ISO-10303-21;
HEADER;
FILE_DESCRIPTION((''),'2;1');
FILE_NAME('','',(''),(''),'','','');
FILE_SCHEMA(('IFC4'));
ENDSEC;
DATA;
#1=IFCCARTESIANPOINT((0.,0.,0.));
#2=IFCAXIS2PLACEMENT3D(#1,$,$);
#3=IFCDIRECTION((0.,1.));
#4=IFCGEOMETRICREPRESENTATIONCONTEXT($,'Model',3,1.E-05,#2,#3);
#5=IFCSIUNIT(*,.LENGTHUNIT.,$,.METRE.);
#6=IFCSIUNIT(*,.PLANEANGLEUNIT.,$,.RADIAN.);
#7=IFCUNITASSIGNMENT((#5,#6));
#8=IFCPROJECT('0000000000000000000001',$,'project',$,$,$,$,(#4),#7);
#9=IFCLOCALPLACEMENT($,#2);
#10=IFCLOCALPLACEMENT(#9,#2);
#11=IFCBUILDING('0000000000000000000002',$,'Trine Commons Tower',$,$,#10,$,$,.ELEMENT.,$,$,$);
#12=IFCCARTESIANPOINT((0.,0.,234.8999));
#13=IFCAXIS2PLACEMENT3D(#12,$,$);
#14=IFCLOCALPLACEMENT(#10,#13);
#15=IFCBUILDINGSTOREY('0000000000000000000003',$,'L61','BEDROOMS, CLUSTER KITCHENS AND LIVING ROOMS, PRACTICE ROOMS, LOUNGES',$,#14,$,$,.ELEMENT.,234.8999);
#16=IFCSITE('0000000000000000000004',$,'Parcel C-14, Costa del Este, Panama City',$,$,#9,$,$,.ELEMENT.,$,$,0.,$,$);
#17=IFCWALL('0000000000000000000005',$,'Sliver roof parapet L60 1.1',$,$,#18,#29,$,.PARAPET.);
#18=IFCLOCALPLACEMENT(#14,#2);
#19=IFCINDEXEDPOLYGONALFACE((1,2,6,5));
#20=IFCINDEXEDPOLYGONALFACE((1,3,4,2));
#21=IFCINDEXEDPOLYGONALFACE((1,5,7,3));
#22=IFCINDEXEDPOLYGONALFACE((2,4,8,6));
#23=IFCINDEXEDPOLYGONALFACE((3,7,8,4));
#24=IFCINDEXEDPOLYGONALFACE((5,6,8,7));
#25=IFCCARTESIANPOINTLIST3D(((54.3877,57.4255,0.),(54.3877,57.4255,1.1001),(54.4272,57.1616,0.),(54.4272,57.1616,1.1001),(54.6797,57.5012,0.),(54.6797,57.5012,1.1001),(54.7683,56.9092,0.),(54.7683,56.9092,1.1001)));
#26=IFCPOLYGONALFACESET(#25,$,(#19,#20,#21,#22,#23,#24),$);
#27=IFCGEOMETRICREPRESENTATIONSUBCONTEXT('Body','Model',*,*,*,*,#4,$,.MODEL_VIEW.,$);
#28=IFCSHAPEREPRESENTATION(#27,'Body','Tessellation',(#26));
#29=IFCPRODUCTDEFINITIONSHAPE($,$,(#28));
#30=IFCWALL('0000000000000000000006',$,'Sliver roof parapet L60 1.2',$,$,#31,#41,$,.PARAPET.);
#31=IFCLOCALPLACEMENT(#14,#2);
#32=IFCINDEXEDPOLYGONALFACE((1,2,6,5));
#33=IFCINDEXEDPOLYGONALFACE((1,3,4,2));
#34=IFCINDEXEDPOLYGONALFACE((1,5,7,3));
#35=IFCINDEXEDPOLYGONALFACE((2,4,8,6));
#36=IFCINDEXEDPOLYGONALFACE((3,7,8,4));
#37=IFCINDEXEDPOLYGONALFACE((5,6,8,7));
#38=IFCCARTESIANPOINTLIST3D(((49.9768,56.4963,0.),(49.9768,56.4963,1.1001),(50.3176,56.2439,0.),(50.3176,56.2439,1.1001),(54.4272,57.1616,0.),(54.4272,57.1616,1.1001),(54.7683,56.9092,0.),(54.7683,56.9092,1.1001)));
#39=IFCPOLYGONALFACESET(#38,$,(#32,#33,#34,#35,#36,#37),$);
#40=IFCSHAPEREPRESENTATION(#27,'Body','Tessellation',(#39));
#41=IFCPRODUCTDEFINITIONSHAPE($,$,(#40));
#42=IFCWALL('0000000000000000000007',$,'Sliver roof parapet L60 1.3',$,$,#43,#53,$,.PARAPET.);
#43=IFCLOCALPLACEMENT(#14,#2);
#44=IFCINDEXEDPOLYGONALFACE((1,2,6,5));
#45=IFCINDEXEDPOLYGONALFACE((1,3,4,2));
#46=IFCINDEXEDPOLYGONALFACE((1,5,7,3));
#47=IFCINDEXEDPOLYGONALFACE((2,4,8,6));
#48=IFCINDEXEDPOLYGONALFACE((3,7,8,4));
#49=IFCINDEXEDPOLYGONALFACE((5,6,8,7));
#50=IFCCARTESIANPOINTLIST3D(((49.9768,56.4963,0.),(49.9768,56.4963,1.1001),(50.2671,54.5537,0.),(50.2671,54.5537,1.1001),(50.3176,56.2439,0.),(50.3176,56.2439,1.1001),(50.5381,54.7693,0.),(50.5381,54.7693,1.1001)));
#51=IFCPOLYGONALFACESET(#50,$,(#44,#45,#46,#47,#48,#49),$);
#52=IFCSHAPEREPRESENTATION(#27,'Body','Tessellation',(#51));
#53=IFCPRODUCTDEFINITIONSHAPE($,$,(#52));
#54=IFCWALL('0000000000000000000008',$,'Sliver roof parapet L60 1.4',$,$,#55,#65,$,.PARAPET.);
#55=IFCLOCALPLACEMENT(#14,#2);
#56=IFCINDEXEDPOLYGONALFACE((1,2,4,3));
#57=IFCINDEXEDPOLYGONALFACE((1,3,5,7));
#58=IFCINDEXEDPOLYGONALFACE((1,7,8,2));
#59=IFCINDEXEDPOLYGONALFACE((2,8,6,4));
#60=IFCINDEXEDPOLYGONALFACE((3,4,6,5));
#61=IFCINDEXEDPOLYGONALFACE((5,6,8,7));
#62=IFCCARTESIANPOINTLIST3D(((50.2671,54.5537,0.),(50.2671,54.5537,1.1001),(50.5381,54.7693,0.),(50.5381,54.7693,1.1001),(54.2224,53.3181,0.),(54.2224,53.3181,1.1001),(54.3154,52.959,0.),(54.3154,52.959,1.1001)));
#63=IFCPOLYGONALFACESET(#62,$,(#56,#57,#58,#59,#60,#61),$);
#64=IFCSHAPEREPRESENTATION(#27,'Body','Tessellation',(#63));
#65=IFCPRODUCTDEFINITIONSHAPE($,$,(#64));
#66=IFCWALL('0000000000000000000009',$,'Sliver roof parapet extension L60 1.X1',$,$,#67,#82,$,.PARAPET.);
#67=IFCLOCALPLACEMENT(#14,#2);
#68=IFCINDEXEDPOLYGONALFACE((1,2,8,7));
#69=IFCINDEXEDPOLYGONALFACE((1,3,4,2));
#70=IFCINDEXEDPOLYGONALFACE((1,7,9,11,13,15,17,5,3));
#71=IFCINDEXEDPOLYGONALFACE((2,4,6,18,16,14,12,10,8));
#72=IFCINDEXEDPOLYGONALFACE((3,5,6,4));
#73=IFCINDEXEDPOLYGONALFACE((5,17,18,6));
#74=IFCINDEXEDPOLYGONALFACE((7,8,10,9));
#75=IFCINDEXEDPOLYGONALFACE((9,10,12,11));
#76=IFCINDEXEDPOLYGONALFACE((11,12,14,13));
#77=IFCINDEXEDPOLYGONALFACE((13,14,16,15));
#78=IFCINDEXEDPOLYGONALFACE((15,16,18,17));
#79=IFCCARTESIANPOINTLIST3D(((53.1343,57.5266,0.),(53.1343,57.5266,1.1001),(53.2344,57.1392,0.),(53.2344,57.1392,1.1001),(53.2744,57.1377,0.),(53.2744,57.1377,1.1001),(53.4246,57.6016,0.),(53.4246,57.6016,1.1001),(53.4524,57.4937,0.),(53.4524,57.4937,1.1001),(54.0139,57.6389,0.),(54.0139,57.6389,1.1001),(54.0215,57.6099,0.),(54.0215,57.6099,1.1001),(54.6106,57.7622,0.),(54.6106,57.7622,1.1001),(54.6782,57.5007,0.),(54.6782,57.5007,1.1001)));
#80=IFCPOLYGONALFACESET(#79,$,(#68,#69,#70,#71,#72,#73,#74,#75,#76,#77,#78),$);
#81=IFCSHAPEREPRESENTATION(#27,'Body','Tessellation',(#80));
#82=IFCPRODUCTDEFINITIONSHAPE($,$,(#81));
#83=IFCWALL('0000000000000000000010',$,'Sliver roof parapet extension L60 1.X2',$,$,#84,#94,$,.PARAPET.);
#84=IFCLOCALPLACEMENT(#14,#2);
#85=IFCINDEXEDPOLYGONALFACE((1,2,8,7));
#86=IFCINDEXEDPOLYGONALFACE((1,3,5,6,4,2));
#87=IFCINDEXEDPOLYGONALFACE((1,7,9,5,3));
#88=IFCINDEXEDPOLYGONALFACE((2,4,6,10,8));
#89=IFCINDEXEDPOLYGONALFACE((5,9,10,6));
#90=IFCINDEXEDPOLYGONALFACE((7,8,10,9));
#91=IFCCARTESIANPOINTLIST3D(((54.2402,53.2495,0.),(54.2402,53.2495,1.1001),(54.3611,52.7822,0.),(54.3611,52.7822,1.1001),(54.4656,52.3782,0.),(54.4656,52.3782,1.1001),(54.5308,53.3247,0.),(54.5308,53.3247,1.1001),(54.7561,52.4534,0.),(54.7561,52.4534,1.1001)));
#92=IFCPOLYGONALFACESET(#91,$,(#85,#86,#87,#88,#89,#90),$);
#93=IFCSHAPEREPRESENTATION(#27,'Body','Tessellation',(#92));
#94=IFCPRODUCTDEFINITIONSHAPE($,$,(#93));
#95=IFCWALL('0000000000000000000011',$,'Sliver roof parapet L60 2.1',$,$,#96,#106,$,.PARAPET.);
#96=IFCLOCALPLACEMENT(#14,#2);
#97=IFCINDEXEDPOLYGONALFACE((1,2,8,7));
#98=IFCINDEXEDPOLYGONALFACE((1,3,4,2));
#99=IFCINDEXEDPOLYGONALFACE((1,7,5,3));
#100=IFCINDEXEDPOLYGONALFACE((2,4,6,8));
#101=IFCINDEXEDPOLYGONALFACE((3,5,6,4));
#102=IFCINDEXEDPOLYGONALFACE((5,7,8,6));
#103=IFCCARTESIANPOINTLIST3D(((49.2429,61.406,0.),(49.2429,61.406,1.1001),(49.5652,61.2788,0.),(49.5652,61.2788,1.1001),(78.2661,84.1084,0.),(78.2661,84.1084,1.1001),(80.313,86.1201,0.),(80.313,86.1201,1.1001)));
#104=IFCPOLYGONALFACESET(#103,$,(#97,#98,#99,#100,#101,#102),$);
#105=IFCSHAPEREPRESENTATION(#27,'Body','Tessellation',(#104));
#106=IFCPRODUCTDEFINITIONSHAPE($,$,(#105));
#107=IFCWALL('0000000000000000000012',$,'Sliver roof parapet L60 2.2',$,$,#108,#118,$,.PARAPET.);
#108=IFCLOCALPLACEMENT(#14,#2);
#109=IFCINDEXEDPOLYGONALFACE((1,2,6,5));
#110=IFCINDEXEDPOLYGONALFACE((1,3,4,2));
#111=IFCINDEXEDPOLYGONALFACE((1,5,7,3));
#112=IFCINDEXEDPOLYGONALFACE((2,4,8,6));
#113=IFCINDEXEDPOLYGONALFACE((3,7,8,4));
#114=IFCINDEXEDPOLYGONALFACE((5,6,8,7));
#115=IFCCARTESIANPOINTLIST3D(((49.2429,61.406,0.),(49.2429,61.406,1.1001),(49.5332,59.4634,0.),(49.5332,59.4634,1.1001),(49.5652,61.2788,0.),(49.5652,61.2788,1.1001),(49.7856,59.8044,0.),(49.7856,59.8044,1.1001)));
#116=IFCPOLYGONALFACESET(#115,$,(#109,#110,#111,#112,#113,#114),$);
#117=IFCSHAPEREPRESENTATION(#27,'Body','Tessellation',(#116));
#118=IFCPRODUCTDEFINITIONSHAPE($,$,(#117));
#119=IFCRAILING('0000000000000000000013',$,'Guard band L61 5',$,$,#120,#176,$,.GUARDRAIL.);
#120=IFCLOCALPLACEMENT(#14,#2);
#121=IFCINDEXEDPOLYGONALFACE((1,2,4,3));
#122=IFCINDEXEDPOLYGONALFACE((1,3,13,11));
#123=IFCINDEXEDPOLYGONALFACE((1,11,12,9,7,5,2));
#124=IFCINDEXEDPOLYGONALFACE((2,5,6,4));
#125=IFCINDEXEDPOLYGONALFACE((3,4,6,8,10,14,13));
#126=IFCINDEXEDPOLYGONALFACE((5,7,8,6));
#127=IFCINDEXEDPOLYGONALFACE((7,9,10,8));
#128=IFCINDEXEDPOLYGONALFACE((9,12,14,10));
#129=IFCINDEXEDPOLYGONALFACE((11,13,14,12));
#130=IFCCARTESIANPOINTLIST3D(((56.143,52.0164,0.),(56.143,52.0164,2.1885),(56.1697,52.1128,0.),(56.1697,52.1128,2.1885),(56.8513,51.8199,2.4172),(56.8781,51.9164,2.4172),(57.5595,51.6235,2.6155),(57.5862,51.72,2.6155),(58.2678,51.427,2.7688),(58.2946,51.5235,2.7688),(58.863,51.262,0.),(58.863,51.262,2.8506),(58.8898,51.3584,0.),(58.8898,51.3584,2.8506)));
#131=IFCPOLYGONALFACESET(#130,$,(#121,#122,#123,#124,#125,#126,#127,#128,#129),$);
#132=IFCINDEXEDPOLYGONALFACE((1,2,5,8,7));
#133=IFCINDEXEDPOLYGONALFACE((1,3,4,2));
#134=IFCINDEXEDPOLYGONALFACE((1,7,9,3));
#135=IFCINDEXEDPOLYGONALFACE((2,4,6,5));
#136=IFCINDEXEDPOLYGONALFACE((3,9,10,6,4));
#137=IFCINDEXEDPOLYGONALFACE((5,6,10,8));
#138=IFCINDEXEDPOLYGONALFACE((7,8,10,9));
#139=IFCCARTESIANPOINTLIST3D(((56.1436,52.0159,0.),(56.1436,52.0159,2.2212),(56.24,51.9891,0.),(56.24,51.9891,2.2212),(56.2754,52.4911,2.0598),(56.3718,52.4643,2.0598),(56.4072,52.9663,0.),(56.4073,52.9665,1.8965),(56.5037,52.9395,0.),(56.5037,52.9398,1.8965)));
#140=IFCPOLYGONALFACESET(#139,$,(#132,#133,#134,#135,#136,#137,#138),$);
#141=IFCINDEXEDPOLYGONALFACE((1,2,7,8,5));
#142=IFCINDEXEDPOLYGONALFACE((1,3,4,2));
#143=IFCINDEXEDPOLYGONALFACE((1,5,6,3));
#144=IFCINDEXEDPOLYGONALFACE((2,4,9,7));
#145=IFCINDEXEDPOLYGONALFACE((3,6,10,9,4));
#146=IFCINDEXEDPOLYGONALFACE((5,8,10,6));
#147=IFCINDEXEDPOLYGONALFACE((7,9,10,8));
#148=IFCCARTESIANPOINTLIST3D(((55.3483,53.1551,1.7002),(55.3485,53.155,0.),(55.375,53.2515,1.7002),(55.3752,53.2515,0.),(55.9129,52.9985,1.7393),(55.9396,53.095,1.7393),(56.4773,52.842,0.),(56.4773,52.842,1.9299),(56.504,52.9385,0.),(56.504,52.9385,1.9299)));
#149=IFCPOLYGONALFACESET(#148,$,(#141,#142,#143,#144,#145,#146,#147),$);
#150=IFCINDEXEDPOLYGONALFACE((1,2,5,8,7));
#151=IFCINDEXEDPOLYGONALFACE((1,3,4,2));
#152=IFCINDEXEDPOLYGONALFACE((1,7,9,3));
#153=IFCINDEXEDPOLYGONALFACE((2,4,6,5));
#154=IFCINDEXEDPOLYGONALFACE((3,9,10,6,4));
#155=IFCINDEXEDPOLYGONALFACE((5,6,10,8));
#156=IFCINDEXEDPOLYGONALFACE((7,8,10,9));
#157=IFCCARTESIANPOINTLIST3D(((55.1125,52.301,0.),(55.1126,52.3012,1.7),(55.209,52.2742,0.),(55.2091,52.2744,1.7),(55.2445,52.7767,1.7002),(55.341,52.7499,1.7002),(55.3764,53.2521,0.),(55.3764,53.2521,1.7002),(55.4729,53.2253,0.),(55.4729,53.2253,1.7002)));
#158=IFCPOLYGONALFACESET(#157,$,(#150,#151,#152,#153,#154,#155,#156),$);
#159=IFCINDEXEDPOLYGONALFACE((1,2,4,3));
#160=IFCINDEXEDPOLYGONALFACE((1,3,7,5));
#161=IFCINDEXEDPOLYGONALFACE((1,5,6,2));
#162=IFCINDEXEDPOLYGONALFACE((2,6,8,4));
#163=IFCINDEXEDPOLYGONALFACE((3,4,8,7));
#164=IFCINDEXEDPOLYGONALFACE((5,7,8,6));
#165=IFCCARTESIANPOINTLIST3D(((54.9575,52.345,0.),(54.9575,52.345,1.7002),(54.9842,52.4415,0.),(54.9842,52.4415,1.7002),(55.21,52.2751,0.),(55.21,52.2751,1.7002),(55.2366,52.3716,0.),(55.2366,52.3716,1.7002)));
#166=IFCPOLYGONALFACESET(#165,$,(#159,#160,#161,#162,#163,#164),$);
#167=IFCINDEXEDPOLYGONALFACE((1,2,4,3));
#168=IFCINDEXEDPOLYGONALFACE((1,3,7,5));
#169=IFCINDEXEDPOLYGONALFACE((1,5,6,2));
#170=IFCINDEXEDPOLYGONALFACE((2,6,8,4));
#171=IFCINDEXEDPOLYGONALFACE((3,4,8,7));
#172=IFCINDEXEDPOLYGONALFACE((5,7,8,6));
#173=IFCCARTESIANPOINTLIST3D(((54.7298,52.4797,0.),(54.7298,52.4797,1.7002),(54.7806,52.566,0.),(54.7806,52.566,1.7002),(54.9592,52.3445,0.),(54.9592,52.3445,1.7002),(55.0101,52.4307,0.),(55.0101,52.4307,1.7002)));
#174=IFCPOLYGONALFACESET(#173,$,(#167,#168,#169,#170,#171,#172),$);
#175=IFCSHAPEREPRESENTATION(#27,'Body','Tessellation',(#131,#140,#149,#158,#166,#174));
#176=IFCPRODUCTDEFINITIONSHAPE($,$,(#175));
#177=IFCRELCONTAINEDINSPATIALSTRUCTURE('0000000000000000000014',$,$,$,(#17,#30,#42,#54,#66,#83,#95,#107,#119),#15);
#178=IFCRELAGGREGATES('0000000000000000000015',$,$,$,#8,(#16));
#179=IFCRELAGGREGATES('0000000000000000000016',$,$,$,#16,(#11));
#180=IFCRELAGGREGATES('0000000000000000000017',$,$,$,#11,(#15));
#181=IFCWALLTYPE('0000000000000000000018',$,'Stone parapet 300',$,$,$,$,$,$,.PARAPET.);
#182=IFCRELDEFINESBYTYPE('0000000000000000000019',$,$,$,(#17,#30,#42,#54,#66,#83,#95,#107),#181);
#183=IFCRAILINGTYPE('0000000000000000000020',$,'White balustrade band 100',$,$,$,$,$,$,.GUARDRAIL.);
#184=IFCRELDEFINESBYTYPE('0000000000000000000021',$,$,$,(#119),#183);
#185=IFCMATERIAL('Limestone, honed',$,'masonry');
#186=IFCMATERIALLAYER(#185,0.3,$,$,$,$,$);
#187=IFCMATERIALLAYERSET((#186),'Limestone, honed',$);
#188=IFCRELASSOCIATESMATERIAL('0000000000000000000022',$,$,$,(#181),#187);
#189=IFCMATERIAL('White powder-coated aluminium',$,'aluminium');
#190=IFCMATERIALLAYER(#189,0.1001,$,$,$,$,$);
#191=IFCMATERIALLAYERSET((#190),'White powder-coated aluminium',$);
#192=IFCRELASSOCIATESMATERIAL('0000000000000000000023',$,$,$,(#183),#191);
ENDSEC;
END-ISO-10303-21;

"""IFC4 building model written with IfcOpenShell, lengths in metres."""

from ifc_helpers import new_model, si_unit, direction, frame, origin, place, context, subcontext, project, spatial, polyline, outline, extrude, material, layer, layer_set, type_object, element, save


model = new_model("IFC4")

# Units and contexts
model_context = context("Model", 3, precision=1e-05, world=origin(), true_north=direction((0.0, 1.0)))
body_context = subcontext(model_context, "Body", "Model", "MODEL_VIEW")
ifc_project = project(units=[si_unit("LENGTHUNIT", "METRE"), si_unit("PLANEANGLEUNIT", "RADIAN")], contexts=[model_context])

# Site, building, storey
site_placement = place(None, origin())
site = spatial("IfcSite", under=ifc_project, at=site_placement, Name="Parcel C-14, Costa del Este, Panama City", CompositionType="ELEMENT", RefElevation=0.0)
building_placement = place(site_placement, origin())
building = spatial("IfcBuilding", under=site, at=building_placement, Name="Trine Commons Tower", CompositionType="ELEMENT")
storey_placement = place(building_placement, frame((0.0, 0.0, 234.8999)))
storey = spatial("IfcBuildingStorey", under=building, at=storey_placement, Name="L61", Description="BEDROOMS, CLUSTER KITCHENS AND LIVING ROOMS, PRACTICE ROOMS, LOUNGES", CompositionType="ELEMENT", Elevation=234.8999)

# Walls
ifc_material_1 = material(Name="Limestone, honed", Category="masonry")
ifc_layer_1 = layer(ifc_material_1, 0.3)
ifc_layer_set_1 = layer_set([ifc_layer_1], Name="Limestone, honed")
wall_type = type_object("IfcWallType", Name="Stone parapet 300", PredefinedType="PARAPET", material=ifc_layer_set_1)
wall_1_placement = place(storey_placement, origin())
element("IfcWall", 1, at=wall_1_placement, inside=storey, type_object=wall_type, Name="Sliver roof parapet L60 1.1", PredefinedType="PARAPET", context=body_context, shape_type="SweptSolid", body=[
    extrude(outline(polyline([(54.3877, 57.4255), (54.4272, 57.1616), (54.7683, 56.9092), (54.6797, 57.5012), (54.3877, 57.4255)])), origin(), (0.0, 0.0, 1.0), 1.1001),
])
wall_2_placement = place(storey_placement, origin())
element("IfcWall", 2, at=wall_2_placement, inside=storey, type_object=wall_type, Name="Sliver roof parapet L60 1.2", PredefinedType="PARAPET", context=body_context, shape_type="SweptSolid", body=[
    extrude(outline(polyline([(54.4272, 57.1616), (49.9768, 56.4963), (50.3176, 56.2439), (54.7683, 56.9092), (54.4272, 57.1616)])), origin(), (0.0, 0.0, 1.0), 1.1001),
])
wall_3_placement = place(storey_placement, origin())
element("IfcWall", 3, at=wall_3_placement, inside=storey, type_object=wall_type, Name="Sliver roof parapet L60 1.3", PredefinedType="PARAPET", context=body_context, shape_type="SweptSolid", body=[
    extrude(outline(polyline([(49.9768, 56.4963), (50.2671, 54.5537), (50.5381, 54.7693), (50.3176, 56.2439), (49.9768, 56.4963)])), origin(), (0.0, 0.0, 1.0), 1.1001),
])
wall_4_placement = place(storey_placement, origin())
element("IfcWall", 4, at=wall_4_placement, inside=storey, type_object=wall_type, Name="Sliver roof parapet L60 1.4", PredefinedType="PARAPET", context=body_context, shape_type="SweptSolid", body=[
    extrude(outline(polyline([(50.2671, 54.5537), (54.3154, 52.959), (54.2224, 53.3181), (50.5381, 54.7693), (50.2671, 54.5537)])), origin(), (0.0, 0.0, 1.0), 1.1001),
])
wall_5_placement = place(storey_placement, origin())
element("IfcWall", 5, at=wall_5_placement, inside=storey, type_object=wall_type, Name="Sliver roof parapet extension L60 1.X1", PredefinedType="PARAPET", context=body_context, shape_type="SweptSolid", body=[
    extrude(outline(polyline([(54.6106, 57.7622), (54.0215, 57.6099), (54.0139, 57.6389), (53.4524, 57.4937), (53.4246, 57.6016), (53.1343, 57.5266), (53.2344, 57.1392), (53.2744, 57.1377), (54.6782, 57.5007), (54.6106, 57.7622)])), origin(), (0.0, 0.0, 1.0), 1.1001),
])
wall_6_placement = place(storey_placement, origin())
element("IfcWall", 6, at=wall_6_placement, inside=storey, type_object=wall_type, Name="Sliver roof parapet extension L60 1.X2", PredefinedType="PARAPET", context=body_context, shape_type="SweptSolid", body=[
    extrude(outline(polyline([(54.4656, 52.3782), (54.7561, 52.4534), (54.5308, 53.3247), (54.2402, 53.2495), (54.3611, 52.7822), (54.4656, 52.3782)])), origin(), (0.0, 0.0, 1.0), 1.1001),
])
wall_7_placement = place(storey_placement, origin())
element("IfcWall", 7, at=wall_7_placement, inside=storey, type_object=wall_type, Name="Sliver roof parapet L60 2.1", PredefinedType="PARAPET", context=body_context, shape_type="SweptSolid", body=[
    extrude(outline(polyline([(80.313, 86.1201), (49.2429, 61.406), (49.5652, 61.2788), (78.2661, 84.1084), (80.313, 86.1201)])), origin(), (0.0, 0.0, 1.0), 1.1001),
])
wall_8_placement = place(storey_placement, origin())
element("IfcWall", 8, at=wall_8_placement, inside=storey, type_object=wall_type, Name="Sliver roof parapet L60 2.2", PredefinedType="PARAPET", context=body_context, shape_type="SweptSolid", body=[
    extrude(outline(polyline([(49.2429, 61.406), (49.5332, 59.4634), (49.7856, 59.8044), (49.5652, 61.2788), (49.2429, 61.406)])), origin(), (0.0, 0.0, 1.0), 1.1001),
])

# Railing
ifc_material_2 = material(Name="White powder-coated aluminium", Category="aluminium")
ifc_layer_2 = layer(ifc_material_2, 0.1001)
ifc_layer_set_2 = layer_set([ifc_layer_2], Name="White powder-coated aluminium")
railing_type = type_object("IfcRailingType", Name="White balustrade band 100", PredefinedType="GUARDRAIL", material=ifc_layer_set_2)
railing_1_placement = place(storey_placement, origin())
element("IfcRailing", 9, at=railing_1_placement, inside=storey, type_object=railing_type, Name="Guard band L61 5", PredefinedType="GUARDRAIL", context=body_context, shape_type="SweptSolid", body=[
    extrude(outline(polyline([(0.0, 0.0), (2.8228, 0.0), (2.8228, 2.1885), (2.8228, 2.1885), (2.0876, 2.4172), (1.3528, 2.6155), (0.6177, 2.7688), (0.0, 2.8506), (0.0, 0.0)])), frame((58.863, 51.262, 0.0), z_axis=(0.267265, 0.963623, 0.0), x_axis=(-0.963623, 0.267265, 0.0)), (0.0, 0.0, 1.0), 0.1001),
    extrude(outline(polyline([(0.0, 0.0), (0.9863, 0.0), (0.9866, 1.8965), (0.4932, 2.0598), (0.0, 2.2212), (0.0, 0.0)])), frame((56.1436, 52.0159, 0.0), z_axis=(0.963607, -0.267325, 0.0), x_axis=(0.267325, 0.963607, 0.0)), (0.0, 0.0, 1.0), 0.1001),
    extrude(outline(polyline([(0.0, 0.0), (1.1714, 0.0), (1.1716, 1.7002), (0.5857, 1.7393), (0.0, 1.9299), (0.0, 0.0)])), frame((56.4773, 52.842, 0.0), z_axis=(0.267171, 0.963649, 0.0), x_axis=(-0.963649, 0.267171, 0.0)), (0.0, 0.0, 1.0), 0.1001),
    extrude(outline(polyline([(0.0, 0.0), (0.9871, 0.0), (0.9868, 1.7), (0.4934, 1.7002), (0.0, 1.7002), (0.0, 0.0)])), frame((55.4729, 53.2253, 0.0), z_axis=(-0.963596, 0.267363, 0.0), x_axis=(-0.267363, -0.963596, 0.0)), (0.0, 0.0, 1.0), 0.1001),
    extrude(outline(polyline([(0.0, 0.0), (0.262, 0.0), (0.262, 1.7002), (0.0, 1.7002), (0.0, 0.0)])), frame((55.21, 52.2751, 0.0), z_axis=(0.266586, 0.963811, 0.0), x_axis=(-0.963811, 0.266586, 0.0)), (0.0, 0.0, 1.0), 0.1001),
    extrude(outline(polyline([(0.0, 0.0), (0.2664, 0.0), (0.2664, 1.7002), (0.0, 1.7002), (0.0, 0.0)])), frame((54.9592, 52.3445, 0.0), z_axis=(0.507741, 0.86151, 0.0), x_axis=(-0.86151, 0.507741, 0.0)), (0.0, 0.0, 1.0), 0.1001),
])

save(model, "model.ifc")
